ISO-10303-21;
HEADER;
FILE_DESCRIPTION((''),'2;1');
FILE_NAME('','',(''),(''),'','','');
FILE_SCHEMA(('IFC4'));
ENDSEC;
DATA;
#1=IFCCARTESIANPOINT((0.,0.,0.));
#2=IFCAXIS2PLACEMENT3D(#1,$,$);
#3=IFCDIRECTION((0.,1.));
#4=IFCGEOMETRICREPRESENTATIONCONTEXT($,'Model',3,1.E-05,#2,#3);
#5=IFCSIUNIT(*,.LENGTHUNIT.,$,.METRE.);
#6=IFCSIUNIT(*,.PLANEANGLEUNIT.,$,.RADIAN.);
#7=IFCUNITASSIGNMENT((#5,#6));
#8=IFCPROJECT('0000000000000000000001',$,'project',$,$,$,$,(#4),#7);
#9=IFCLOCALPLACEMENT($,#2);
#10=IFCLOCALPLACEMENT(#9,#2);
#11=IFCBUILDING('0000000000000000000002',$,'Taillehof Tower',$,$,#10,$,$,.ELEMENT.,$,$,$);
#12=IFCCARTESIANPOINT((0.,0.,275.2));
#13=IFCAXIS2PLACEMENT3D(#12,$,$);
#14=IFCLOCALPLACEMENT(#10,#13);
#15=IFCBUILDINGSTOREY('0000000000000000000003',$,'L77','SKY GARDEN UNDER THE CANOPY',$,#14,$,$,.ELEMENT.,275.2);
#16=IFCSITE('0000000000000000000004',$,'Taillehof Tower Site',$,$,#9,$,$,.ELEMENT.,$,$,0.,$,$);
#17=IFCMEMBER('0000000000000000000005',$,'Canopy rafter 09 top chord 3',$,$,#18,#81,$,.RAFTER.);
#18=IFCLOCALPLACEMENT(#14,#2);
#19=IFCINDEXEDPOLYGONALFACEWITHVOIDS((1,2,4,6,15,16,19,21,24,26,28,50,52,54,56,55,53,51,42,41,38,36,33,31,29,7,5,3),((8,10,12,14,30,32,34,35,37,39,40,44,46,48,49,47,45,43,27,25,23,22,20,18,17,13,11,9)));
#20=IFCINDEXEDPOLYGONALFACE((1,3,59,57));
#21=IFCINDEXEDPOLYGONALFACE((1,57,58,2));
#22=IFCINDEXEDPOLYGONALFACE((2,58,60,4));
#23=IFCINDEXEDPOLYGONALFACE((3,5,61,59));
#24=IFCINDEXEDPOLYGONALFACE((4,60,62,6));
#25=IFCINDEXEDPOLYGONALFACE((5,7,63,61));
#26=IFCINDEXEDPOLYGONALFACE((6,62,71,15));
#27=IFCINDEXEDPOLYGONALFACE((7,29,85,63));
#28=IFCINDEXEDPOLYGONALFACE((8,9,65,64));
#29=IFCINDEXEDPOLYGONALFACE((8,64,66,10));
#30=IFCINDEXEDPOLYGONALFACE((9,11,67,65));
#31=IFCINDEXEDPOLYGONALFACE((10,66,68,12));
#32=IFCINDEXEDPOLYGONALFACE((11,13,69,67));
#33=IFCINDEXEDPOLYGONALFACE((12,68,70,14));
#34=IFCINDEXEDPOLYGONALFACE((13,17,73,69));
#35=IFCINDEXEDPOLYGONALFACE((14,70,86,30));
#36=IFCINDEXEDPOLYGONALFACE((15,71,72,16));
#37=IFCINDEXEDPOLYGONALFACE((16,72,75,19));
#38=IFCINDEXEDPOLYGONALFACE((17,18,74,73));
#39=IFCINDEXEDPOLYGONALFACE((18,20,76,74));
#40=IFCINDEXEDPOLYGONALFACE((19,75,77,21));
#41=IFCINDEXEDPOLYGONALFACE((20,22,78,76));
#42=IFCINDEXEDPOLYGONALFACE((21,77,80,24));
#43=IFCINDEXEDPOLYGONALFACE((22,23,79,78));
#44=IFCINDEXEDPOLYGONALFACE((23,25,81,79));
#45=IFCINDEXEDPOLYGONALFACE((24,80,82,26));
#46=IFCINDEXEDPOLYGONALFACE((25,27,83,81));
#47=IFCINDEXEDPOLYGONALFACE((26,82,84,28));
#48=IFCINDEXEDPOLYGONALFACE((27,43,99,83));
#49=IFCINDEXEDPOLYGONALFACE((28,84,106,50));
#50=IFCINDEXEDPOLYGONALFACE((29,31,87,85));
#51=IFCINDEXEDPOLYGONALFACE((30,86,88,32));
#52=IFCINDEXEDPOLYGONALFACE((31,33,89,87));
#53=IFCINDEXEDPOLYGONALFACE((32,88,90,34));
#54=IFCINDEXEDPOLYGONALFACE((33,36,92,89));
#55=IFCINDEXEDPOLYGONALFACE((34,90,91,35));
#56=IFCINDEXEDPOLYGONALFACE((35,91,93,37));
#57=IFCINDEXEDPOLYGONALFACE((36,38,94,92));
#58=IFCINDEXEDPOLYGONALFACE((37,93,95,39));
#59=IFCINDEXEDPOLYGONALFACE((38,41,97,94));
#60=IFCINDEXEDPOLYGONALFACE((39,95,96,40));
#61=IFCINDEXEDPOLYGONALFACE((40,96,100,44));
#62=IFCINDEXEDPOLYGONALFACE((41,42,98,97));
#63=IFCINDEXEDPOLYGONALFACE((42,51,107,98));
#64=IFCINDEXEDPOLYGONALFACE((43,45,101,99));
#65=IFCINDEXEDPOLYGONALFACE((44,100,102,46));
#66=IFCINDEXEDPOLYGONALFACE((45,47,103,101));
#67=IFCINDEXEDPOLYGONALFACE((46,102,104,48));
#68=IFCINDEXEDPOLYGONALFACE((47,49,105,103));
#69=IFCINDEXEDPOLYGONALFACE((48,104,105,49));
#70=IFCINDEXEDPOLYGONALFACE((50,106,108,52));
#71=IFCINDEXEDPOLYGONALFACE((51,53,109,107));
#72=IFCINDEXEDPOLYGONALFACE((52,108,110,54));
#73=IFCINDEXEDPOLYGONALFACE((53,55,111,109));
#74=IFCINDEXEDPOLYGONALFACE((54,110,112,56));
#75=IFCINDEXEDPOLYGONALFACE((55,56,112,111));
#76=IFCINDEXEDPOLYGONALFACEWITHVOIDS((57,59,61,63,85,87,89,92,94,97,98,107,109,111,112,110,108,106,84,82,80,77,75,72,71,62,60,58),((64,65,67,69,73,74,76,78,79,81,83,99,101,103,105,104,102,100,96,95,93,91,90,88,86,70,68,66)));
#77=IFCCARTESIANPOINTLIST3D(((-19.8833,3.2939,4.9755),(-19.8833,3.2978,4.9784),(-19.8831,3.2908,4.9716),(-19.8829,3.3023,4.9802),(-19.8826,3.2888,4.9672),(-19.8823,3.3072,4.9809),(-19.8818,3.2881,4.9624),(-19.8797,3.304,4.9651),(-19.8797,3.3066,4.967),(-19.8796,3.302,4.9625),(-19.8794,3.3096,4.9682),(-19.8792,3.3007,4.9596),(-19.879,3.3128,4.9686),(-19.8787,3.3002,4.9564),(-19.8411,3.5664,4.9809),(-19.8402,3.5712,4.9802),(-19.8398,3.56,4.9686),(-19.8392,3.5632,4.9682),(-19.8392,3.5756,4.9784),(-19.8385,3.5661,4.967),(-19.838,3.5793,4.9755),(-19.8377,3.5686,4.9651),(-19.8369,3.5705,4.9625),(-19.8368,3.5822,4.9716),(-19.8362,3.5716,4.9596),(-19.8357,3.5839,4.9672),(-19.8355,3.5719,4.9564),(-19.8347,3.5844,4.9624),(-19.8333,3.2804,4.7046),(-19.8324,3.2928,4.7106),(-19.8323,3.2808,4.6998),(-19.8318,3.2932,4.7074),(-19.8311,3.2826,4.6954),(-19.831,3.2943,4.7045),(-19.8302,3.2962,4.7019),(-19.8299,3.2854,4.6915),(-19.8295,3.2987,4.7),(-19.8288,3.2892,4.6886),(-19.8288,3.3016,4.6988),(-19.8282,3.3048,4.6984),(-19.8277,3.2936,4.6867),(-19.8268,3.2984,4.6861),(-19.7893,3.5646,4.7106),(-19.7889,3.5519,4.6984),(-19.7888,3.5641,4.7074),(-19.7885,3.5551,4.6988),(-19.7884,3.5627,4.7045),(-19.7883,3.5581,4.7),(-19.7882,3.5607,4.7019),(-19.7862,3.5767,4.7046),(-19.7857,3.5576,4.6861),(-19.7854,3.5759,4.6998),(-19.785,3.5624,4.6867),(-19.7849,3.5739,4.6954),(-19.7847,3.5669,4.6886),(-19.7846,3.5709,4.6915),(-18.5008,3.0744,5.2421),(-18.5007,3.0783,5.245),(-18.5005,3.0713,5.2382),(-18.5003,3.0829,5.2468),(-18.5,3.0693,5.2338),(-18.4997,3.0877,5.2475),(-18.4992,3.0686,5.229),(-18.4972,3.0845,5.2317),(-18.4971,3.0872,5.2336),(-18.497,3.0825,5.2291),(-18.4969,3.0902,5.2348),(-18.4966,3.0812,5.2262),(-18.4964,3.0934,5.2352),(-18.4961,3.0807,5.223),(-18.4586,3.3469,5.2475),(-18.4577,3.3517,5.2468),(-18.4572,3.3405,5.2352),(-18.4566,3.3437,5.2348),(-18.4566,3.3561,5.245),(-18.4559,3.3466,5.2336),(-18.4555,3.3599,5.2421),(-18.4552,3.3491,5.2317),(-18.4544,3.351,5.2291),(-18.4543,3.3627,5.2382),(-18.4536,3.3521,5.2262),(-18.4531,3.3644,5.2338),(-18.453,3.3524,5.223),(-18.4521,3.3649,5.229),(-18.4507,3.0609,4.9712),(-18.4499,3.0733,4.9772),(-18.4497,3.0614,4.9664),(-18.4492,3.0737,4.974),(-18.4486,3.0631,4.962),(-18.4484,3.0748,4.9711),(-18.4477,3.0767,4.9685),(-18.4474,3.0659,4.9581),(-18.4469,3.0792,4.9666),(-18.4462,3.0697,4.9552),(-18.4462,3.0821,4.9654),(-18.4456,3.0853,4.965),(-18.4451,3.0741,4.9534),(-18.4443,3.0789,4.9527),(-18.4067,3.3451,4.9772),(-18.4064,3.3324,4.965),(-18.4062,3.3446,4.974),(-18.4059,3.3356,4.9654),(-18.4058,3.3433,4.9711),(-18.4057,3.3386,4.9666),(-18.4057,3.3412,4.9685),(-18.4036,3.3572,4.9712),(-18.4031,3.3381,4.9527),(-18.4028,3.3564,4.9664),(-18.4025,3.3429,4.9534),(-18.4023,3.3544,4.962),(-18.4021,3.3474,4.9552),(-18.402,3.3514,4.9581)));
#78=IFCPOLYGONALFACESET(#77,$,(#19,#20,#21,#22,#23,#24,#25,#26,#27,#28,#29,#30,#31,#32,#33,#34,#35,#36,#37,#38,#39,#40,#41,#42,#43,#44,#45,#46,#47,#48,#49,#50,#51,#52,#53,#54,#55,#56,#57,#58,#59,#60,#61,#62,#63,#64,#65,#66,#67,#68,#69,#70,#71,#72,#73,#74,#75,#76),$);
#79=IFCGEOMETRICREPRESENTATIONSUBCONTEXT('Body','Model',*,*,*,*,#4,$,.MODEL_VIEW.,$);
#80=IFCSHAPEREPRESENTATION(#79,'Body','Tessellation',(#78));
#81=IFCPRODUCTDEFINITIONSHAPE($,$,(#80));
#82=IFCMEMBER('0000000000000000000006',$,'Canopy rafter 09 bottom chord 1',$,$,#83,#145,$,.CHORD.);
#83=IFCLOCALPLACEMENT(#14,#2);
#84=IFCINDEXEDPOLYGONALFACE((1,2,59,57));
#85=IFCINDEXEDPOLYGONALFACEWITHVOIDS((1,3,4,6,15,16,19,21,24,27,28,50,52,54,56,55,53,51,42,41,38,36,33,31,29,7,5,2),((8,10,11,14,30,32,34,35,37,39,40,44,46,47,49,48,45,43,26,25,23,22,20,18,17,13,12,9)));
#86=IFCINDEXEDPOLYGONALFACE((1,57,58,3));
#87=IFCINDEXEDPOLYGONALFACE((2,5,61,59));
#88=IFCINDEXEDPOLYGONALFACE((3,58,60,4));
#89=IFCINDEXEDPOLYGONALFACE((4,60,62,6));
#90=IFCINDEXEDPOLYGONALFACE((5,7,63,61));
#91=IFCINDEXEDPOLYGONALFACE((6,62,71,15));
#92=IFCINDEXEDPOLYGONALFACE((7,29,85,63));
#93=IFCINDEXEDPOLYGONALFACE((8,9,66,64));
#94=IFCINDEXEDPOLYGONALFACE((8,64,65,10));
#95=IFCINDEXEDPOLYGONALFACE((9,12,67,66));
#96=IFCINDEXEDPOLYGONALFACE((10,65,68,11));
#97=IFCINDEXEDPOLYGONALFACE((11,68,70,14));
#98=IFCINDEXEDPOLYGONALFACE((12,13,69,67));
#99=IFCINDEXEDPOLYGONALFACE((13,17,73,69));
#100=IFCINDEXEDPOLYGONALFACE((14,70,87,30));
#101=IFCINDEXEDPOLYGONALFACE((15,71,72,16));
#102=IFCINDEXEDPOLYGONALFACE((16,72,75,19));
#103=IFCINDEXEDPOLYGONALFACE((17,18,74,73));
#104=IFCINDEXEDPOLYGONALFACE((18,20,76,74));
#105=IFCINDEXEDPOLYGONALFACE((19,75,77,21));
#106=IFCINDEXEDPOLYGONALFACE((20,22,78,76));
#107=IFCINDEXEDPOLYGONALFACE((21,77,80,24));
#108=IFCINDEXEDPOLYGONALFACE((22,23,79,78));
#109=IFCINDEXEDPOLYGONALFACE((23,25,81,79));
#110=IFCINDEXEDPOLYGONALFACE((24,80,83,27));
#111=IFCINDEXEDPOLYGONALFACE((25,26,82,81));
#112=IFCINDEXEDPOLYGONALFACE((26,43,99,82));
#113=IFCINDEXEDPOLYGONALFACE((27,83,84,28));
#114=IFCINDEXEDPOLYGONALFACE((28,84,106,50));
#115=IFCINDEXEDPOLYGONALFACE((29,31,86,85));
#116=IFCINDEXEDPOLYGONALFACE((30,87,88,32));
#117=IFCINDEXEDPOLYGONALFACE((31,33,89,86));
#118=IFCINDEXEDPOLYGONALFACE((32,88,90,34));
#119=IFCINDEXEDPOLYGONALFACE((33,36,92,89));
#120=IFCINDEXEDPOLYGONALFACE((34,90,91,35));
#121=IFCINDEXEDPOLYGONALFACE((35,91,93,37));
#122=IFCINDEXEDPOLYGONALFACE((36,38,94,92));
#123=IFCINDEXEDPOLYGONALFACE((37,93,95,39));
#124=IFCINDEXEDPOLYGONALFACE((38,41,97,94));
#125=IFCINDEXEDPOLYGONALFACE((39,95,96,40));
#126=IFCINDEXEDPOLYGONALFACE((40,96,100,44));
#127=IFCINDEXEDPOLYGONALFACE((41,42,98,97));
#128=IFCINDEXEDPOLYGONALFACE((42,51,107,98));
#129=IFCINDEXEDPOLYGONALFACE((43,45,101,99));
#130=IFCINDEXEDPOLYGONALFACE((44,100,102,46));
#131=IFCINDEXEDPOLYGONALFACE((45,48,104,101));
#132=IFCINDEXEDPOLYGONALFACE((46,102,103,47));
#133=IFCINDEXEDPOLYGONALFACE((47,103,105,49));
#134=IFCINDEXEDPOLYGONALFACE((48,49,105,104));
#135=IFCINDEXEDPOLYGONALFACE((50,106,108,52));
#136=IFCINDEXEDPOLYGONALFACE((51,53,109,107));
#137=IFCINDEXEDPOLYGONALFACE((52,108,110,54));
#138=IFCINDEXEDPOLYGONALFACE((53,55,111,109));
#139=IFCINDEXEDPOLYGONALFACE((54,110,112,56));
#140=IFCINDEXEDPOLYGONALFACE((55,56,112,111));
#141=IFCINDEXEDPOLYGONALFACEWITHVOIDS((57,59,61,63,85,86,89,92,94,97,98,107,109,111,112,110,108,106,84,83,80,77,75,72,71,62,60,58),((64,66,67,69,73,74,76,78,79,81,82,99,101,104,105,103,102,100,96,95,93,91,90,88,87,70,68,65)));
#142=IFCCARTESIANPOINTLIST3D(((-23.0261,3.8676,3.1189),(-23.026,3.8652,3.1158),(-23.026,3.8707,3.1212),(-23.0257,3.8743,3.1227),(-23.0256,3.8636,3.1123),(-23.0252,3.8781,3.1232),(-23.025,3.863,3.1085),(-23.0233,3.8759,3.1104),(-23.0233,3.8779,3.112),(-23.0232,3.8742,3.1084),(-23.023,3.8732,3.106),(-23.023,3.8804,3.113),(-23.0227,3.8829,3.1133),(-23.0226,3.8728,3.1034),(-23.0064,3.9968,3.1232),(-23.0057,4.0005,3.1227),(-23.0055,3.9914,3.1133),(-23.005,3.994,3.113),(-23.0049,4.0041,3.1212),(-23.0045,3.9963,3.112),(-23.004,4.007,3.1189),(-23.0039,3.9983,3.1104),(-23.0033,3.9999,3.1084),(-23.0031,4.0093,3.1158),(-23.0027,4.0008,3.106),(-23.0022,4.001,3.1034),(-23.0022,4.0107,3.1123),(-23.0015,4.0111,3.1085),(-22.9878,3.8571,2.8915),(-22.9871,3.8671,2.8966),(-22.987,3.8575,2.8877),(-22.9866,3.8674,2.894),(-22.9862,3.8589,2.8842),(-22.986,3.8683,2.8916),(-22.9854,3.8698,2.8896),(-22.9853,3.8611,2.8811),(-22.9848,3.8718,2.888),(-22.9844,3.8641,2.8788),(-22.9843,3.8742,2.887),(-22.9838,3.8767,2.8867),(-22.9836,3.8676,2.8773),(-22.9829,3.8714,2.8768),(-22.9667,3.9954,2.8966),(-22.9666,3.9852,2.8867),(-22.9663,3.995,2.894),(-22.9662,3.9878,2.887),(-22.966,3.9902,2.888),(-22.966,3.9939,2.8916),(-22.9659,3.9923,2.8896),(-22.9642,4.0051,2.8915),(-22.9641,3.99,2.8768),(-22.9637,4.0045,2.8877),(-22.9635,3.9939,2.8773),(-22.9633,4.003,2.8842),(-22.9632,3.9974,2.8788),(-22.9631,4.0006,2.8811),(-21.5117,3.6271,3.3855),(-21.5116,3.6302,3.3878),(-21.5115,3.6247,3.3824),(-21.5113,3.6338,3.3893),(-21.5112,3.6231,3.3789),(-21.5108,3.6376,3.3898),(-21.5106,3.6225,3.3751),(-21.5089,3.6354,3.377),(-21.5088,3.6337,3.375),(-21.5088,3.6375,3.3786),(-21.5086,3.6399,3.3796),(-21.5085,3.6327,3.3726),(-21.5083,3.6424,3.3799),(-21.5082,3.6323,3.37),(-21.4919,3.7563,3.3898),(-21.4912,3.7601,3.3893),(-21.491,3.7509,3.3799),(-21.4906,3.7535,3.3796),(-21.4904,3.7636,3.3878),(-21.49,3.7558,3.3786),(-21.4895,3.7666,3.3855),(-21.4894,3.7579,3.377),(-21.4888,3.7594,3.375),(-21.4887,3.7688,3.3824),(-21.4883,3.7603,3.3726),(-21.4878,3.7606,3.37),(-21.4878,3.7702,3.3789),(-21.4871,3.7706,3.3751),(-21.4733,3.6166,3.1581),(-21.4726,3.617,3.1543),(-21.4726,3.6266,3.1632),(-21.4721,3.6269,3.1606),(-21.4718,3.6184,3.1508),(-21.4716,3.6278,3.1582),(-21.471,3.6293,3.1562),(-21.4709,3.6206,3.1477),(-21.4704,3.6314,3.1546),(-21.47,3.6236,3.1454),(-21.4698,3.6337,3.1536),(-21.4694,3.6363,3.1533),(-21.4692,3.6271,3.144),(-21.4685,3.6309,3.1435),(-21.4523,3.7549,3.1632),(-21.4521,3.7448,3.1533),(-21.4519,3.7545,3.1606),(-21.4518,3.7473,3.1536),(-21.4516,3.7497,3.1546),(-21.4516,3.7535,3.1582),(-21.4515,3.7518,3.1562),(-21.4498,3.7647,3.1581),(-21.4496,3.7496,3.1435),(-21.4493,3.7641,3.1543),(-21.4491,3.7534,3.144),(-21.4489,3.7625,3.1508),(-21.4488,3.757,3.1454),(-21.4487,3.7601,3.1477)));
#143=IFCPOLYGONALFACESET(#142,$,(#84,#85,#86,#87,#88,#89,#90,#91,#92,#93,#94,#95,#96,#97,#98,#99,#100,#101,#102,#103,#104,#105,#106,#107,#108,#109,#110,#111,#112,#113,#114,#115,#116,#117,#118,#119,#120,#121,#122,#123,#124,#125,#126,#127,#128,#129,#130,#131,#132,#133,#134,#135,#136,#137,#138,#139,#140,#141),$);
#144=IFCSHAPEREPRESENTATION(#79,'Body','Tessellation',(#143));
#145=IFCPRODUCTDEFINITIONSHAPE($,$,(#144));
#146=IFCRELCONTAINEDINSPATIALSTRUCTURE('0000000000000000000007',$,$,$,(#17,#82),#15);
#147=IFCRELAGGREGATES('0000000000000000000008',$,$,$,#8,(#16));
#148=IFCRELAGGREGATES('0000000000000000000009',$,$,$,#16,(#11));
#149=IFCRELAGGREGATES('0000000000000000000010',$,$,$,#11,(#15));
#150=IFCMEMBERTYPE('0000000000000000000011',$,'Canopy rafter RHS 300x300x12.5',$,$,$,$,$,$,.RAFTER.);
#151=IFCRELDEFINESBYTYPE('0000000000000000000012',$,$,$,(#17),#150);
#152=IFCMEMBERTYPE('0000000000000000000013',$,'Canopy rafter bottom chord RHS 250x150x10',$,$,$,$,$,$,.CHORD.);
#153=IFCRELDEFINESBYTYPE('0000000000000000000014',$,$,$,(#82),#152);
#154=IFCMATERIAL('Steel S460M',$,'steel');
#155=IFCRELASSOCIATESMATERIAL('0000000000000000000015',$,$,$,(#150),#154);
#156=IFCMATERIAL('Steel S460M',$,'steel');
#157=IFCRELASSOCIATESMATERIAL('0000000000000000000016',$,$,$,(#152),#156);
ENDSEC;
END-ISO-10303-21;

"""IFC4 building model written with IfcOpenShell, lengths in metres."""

from ifc_helpers import new_model, si_unit, direction, frame, origin, origin_2d, place, context, subcontext, project, spatial, hollow_rectangle, extrude, material, material_profile, profile_set, type_object, element, save


model = new_model("IFC4")

# Units and contexts
model_context = context("Model", 3, precision=1e-05, world=origin(), true_north=direction((0.0, 1.0)))
body_context = subcontext(model_context, "Body", "Model", "MODEL_VIEW")
ifc_project = project(units=[si_unit("LENGTHUNIT", "METRE"), si_unit("PLANEANGLEUNIT", "RADIAN")], contexts=[model_context])

# Site, building, storey
site_placement = place(None, origin())
site = spatial("IfcSite", under=ifc_project, at=site_placement, Name="Taillehof Tower Site", CompositionType="ELEMENT", RefElevation=0.0)
building_placement = place(site_placement, origin())
building = spatial("IfcBuilding", under=site, at=building_placement, Name="Taillehof Tower", CompositionType="ELEMENT")
storey_placement = place(building_placement, frame((0.0, 0.0, 275.2)))
storey = spatial("IfcBuildingStorey", under=building, at=storey_placement, Name="L77", Description="SKY GARDEN UNDER THE CANOPY", CompositionType="ELEMENT", Elevation=275.2)

# Members
ifc_material_1 = material(Name="Steel S460M", Category="steel")
ifc_material_profile_1 = material_profile(ifc_material_1, hollow_rectangle(XDim=0.3, YDim=0.3, WallThickness=0.0125, InnerFilletRadius=0.0125, OuterFilletRadius=0.0188, at=origin_2d()), Name="RHS 300x300x12.5")
ifc_profile_set_1 = profile_set([ifc_material_profile_1], Name="Steel S460M")
member_type_1 = type_object("IfcMemberType", Name="Canopy rafter RHS 300x300x12.5", PredefinedType="RAFTER", material=ifc_profile_set_1)
member_1_placement = place(storey_placement, frame((-19.834, 3.4324, 4.8335), z_axis=(0.970195, -0.154018, 0.187083), x_axis=(0.156786, 0.987633, 0.0)))
element("IfcMember", 1, at=member_1_placement, inside=storey, type_object=member_type_1, Name="Canopy rafter 09 top chord 3", PredefinedType="RAFTER", context=body_context, shape_type="SweptSolid", body=[
    extrude(hollow_rectangle(XDim=0.3, YDim=0.3, WallThickness=0.0125, InnerFilletRadius=0.0125, OuterFilletRadius=0.0188, at=origin_2d()), origin(), (0.0, 0.0, 1.0), 1.425),
])
ifc_material_2 = material(Name="Steel S460M", Category="steel")
ifc_material_profile_2 = material_profile(ifc_material_2, hollow_rectangle(XDim=0.1499, YDim=0.25, WallThickness=0.01, InnerFilletRadius=0.01, OuterFilletRadius=0.0149, at=origin_2d()), Name="RHS 250x150x10")
ifc_profile_set_2 = profile_set([ifc_material_profile_2], Name="Steel S460M")
member_type_2 = type_object("IfcMemberType", Name="Canopy rafter bottom chord RHS 250x150x10", PredefinedType="CHORD", material=ifc_profile_set_2)
for number, where, z_axis, x_axis, name in (
    (2, (-22.9946, 3.9341, 3.0), (0.973028, -0.154511, 0.171296), (0.156829, 0.987626, 0.0), "Canopy rafter 09 bottom chord 1"),
):
    element("IfcMember", number, at=place(storey_placement, frame(where, z_axis=z_axis, x_axis=x_axis)), inside=storey, type_object=member_type_2, Name=name, PredefinedType="CHORD", context=body_context, shape_type="SweptSolid", body=[
        extrude(hollow_rectangle(XDim=0.1499, YDim=0.25, WallThickness=0.01, InnerFilletRadius=0.01, OuterFilletRadius=0.0149, at=origin_2d()), origin(), (0.0, 0.0, 1.0), 1.5564),
    ])

save(model, "model.ifc")
